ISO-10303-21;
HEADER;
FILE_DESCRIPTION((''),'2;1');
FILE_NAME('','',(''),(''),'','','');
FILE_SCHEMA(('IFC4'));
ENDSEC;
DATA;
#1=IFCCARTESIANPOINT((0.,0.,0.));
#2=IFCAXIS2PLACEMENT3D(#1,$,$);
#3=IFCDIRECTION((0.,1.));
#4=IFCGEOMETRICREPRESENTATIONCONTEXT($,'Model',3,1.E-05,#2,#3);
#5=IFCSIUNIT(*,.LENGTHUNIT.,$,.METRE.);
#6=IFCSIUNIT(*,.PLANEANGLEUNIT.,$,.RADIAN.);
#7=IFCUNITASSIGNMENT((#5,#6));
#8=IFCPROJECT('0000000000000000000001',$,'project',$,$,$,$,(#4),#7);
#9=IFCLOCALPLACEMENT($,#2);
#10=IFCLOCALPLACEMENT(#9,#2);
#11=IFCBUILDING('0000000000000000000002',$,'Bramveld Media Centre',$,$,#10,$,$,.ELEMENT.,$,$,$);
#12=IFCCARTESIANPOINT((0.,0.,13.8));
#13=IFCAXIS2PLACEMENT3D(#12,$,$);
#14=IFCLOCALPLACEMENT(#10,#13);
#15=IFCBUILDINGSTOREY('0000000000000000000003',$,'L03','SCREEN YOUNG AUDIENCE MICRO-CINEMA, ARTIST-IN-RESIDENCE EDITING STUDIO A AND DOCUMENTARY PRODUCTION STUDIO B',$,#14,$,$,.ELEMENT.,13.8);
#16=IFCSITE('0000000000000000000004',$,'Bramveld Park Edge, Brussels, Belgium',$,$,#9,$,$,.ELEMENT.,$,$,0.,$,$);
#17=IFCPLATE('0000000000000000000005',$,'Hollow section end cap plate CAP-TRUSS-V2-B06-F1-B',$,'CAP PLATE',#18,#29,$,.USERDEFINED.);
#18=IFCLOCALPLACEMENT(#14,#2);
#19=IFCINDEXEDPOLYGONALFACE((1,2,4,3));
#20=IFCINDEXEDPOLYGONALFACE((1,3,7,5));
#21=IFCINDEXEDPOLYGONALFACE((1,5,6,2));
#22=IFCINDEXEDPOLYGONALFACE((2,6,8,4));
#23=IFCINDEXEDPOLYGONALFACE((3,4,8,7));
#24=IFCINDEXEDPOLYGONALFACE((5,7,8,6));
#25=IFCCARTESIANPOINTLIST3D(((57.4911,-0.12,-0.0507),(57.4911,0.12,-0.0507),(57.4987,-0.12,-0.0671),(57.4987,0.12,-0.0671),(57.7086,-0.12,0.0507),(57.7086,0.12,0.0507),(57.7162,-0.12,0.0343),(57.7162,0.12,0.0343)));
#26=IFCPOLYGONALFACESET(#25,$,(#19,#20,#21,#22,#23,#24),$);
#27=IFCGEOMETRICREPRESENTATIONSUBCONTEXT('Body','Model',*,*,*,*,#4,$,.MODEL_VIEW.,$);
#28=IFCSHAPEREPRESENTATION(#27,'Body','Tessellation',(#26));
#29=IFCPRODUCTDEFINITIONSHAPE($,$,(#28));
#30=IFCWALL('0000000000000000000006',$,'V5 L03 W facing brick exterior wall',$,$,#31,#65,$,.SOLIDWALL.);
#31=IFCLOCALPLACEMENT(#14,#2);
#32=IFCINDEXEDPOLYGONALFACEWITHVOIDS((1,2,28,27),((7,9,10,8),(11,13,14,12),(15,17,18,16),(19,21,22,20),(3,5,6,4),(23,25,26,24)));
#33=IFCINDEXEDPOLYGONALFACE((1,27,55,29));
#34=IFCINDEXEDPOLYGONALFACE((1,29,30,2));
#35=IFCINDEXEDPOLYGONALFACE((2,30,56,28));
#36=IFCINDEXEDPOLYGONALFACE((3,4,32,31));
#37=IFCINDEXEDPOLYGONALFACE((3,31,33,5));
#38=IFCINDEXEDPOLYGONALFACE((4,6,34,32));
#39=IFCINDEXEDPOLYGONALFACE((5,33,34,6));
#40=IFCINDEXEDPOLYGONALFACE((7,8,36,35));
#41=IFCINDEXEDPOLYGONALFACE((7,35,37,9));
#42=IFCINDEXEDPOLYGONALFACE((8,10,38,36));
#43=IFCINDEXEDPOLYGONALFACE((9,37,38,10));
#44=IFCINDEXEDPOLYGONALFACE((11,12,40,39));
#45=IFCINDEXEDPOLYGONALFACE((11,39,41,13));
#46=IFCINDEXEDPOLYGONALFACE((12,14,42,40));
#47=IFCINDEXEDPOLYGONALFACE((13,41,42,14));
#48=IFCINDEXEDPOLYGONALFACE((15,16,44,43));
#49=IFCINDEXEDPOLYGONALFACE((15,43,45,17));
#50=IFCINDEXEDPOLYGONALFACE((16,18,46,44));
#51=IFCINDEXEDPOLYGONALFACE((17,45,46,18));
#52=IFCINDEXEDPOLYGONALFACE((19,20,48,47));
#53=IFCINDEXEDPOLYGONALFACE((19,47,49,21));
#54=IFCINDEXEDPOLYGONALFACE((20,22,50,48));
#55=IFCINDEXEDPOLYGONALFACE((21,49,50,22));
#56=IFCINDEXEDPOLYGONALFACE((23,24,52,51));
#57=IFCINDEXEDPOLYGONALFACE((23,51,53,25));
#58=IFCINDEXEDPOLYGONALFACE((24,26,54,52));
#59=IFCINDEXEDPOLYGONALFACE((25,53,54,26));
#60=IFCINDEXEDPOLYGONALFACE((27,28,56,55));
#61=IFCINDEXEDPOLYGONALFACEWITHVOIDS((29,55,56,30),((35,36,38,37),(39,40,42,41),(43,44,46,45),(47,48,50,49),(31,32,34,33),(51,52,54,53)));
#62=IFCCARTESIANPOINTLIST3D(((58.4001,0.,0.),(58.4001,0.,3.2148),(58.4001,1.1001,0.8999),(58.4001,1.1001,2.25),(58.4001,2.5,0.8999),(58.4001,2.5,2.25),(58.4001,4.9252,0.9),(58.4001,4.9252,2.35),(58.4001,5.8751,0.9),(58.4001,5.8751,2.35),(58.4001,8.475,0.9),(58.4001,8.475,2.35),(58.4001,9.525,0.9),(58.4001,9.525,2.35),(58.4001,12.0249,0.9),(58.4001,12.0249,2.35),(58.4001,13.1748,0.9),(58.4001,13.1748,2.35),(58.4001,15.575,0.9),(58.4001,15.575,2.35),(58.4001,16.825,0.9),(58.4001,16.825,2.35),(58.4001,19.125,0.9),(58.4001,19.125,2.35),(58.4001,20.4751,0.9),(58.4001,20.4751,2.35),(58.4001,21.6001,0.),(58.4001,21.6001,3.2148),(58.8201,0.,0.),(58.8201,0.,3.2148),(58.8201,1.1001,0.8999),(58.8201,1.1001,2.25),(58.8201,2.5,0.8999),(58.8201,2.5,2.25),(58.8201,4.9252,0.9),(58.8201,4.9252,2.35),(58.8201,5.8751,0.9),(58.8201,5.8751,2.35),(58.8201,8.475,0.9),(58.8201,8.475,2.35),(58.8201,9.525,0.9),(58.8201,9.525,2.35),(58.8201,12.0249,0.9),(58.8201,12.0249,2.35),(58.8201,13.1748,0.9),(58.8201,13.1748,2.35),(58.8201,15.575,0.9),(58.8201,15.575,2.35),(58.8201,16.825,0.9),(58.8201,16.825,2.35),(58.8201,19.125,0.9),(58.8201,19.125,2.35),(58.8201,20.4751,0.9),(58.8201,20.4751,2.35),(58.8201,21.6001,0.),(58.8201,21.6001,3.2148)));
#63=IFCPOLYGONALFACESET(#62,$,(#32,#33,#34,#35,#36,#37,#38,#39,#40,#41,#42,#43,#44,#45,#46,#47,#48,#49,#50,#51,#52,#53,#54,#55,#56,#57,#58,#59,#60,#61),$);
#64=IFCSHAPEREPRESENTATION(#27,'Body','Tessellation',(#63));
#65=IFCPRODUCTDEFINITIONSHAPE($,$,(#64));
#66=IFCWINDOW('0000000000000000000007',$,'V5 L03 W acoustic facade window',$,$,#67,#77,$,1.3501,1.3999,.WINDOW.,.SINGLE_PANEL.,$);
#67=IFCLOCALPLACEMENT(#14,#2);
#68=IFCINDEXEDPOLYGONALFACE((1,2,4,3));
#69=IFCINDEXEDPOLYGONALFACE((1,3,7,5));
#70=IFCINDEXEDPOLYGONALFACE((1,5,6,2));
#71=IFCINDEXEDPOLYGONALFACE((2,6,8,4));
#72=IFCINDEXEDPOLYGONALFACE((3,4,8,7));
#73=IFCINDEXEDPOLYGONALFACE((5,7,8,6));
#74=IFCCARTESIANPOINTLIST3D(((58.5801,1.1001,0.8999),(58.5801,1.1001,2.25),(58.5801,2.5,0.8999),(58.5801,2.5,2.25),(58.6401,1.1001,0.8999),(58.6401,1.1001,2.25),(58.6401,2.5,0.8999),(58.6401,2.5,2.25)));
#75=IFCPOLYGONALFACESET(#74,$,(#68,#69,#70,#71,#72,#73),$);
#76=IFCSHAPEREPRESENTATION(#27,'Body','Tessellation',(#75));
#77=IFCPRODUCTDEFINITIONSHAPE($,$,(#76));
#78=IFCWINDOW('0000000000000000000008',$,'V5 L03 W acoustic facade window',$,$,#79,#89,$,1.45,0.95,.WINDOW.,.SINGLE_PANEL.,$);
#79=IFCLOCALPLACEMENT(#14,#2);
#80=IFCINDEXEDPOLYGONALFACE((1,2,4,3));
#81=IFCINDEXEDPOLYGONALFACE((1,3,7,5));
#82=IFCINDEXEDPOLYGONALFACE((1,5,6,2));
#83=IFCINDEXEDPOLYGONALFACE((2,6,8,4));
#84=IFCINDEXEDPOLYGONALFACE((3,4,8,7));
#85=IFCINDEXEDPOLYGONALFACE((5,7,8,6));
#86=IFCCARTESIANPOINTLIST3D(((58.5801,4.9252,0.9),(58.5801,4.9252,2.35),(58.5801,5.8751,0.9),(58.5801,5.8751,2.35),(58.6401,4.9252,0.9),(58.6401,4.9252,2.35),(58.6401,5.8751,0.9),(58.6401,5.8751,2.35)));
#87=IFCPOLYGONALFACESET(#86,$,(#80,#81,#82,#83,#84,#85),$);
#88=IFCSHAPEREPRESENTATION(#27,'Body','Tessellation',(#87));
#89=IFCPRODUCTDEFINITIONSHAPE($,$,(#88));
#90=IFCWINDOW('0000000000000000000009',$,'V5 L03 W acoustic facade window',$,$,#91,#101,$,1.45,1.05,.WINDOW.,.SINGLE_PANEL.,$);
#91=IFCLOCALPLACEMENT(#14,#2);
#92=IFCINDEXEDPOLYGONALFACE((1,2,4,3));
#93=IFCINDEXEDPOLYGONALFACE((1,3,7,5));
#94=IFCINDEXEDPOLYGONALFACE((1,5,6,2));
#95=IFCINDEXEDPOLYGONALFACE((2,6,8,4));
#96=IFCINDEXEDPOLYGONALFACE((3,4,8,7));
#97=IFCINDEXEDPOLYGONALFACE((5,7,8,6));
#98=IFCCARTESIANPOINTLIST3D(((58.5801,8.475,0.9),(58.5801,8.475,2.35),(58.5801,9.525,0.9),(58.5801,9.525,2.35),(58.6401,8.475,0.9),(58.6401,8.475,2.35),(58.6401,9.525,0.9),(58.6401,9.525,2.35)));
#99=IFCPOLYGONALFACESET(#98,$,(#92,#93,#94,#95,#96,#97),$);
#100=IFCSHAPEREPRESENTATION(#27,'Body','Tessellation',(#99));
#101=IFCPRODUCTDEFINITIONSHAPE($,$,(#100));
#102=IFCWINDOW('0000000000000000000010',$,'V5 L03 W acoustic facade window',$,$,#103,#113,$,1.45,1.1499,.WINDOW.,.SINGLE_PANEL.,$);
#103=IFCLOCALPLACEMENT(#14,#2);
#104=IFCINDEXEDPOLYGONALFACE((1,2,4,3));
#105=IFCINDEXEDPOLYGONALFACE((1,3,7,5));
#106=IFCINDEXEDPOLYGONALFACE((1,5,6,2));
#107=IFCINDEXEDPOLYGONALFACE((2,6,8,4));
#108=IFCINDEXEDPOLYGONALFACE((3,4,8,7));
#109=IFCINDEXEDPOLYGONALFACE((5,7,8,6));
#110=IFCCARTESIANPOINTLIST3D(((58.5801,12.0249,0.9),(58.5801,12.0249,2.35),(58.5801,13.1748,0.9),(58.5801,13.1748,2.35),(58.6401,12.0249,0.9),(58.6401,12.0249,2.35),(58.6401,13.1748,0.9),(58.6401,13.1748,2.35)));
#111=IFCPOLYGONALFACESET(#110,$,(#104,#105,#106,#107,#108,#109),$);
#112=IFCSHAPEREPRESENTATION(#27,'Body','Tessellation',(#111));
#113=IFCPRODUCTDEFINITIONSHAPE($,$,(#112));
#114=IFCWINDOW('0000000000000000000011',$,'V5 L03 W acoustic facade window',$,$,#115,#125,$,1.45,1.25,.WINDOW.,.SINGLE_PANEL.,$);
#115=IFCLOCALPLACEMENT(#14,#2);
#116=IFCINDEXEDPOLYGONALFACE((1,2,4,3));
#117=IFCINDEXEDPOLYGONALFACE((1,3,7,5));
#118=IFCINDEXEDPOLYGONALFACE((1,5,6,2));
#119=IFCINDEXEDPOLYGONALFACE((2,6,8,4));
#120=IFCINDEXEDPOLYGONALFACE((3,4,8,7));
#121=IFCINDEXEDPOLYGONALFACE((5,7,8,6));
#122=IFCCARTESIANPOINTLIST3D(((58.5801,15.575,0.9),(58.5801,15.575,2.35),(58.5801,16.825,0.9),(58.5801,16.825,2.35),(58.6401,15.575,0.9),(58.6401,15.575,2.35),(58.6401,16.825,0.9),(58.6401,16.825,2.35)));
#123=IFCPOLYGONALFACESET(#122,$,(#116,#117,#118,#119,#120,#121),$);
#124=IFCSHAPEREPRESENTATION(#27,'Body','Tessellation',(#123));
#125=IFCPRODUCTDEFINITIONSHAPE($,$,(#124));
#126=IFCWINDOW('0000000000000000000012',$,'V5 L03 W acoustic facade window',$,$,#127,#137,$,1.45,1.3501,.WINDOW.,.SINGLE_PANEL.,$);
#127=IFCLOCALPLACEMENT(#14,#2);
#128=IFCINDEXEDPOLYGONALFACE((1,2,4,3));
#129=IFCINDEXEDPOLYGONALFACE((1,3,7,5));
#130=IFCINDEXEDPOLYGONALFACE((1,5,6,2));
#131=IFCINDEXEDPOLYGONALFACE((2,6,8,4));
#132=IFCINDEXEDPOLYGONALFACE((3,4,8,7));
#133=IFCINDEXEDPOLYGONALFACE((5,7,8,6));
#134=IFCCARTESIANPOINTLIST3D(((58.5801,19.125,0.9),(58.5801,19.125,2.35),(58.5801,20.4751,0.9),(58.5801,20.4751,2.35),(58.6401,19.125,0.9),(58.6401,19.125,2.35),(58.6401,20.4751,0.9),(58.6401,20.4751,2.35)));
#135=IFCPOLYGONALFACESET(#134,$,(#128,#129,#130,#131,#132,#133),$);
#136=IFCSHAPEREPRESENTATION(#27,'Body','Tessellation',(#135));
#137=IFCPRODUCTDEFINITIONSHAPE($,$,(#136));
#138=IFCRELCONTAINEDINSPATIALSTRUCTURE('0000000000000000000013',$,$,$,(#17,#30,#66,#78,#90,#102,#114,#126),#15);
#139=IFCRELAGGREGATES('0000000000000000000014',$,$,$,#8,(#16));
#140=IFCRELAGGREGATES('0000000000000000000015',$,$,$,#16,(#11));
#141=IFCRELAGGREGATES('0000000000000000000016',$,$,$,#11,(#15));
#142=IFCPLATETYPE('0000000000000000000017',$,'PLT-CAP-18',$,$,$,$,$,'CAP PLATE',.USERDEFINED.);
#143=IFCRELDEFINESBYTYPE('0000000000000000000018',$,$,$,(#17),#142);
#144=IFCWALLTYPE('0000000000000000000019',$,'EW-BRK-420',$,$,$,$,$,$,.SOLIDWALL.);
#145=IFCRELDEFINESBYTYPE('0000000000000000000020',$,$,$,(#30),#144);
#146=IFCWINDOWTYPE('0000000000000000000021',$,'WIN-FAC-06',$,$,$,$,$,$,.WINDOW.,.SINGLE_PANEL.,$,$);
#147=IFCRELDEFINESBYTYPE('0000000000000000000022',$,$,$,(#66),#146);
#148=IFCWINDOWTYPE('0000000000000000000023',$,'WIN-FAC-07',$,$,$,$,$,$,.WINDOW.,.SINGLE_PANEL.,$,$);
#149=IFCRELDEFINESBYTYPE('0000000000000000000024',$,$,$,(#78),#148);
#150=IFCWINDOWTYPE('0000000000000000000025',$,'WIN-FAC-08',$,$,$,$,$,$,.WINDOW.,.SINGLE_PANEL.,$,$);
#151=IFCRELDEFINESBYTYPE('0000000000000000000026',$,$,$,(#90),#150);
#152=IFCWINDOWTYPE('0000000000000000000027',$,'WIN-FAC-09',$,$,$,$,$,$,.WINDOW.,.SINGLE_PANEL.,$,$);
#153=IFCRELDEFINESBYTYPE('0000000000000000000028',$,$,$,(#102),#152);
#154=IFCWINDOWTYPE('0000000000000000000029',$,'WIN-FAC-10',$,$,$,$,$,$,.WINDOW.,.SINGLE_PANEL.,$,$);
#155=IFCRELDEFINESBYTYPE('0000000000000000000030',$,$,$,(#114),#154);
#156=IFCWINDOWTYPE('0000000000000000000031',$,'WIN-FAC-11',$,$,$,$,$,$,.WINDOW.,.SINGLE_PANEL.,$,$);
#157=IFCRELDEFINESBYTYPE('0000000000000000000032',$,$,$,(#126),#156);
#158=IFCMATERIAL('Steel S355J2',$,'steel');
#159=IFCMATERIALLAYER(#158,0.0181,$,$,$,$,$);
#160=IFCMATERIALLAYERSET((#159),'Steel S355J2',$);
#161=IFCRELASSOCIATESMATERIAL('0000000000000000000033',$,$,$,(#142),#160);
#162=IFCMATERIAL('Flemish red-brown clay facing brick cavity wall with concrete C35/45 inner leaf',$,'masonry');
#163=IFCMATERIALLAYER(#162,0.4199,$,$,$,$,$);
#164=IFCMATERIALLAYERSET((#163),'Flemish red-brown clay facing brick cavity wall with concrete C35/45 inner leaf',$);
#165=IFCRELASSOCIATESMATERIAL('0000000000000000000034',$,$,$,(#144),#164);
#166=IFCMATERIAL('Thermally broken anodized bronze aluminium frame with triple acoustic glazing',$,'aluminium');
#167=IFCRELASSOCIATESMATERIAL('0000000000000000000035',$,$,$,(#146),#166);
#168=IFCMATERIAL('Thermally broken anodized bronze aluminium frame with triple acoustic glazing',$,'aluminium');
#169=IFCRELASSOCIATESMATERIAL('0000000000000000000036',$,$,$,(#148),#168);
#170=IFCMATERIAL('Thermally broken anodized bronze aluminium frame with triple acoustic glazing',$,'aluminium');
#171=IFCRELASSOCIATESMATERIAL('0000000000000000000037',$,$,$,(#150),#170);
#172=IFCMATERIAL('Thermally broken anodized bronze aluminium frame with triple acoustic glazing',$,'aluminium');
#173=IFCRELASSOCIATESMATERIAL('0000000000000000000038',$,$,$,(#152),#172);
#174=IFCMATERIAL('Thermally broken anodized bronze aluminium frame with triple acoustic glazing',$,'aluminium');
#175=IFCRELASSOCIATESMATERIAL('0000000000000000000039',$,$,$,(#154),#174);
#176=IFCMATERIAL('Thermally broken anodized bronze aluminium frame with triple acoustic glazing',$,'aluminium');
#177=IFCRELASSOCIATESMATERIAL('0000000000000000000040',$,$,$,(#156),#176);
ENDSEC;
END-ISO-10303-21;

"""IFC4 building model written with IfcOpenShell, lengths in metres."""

from ifc_helpers import new_model, si_unit, direction, frame, frame_2d, origin, origin_2d, place, context, subcontext, project, spatial, rectangle, extrude, material, layer, layer_set, type_object, element, fill, save


model = new_model("IFC4")

# Units and contexts
model_context = context("Model", 3, precision=1e-05, world=origin(), true_north=direction((0.0, 1.0)))
body_context = subcontext(model_context, "Body", "Model", "MODEL_VIEW")
ifc_project = project(units=[si_unit("LENGTHUNIT", "METRE"), si_unit("PLANEANGLEUNIT", "RADIAN")], contexts=[model_context])

# Site, building, storey
site_placement = place(None, origin())
site = spatial("IfcSite", under=ifc_project, at=site_placement, Name="Bramveld Park Edge, Brussels, Belgium", CompositionType="ELEMENT", RefElevation=0.0)
building_placement = place(site_placement, origin())
building = spatial("IfcBuilding", under=site, at=building_placement, Name="Bramveld Media Centre", CompositionType="ELEMENT")
storey_placement = place(building_placement, frame((0.0, 0.0, 13.8)))
storey = spatial("IfcBuildingStorey", under=building, at=storey_placement, Name="L03", Description="SCREEN YOUNG AUDIENCE MICRO-CINEMA, ARTIST-IN-RESIDENCE EDITING STUDIO A AND DOCUMENTARY PRODUCTION STUDIO B", CompositionType="ELEMENT", Elevation=13.8)

# Plate
ifc_material_1 = material(Name="Steel S355J2", Category="steel")
ifc_layer_1 = layer(ifc_material_1, 0.0181)
ifc_layer_set_1 = layer_set([ifc_layer_1], Name="Steel S355J2")
plate_type_1 = type_object("IfcPlateType", Name="PLT-CAP-18", ElementType="CAP PLATE", PredefinedType="USERDEFINED", material=ifc_layer_set_1)
plate_1_placement = place(storey_placement, frame((57.5999, 0.0, 0.0), z_axis=(0.422618, 0.0, -0.906308), x_axis=(0.0, 1.0, 0.0)))
element("IfcPlate", 1, at=plate_1_placement, inside=storey, type_object=plate_type_1, Name="Hollow section end cap plate CAP-TRUSS-V2-B06-F1-B", ObjectType="CAP PLATE", PredefinedType="USERDEFINED", context=body_context, shape_type="SweptSolid", body=[
    extrude(rectangle(XDim=0.24, YDim=0.24, at=origin_2d()), origin(), (0.0, 0.0, 1.0), 0.0181),
])

# Wall, openings, windows
ifc_material_2 = material(Name="Flemish red-brown clay facing brick cavity wall with concrete C35/45 inner leaf", Category="masonry")
ifc_layer_2 = layer(ifc_material_2, 0.4199)
ifc_layer_set_2 = layer_set([ifc_layer_2], Name="Flemish red-brown clay facing brick cavity wall with concrete C35/45 inner leaf")
wall_type = type_object("IfcWallType", Name="EW-BRK-420", PredefinedType="SOLIDWALL", material=ifc_layer_set_2)
wall_placement = place(storey_placement, frame((58.6101, 0.0, 0.0), z_axis=(0.0, 0.0, 1.0), x_axis=(0.0, 1.0, 0.0)))
wall = element("IfcWall", 2, at=wall_placement, inside=storey, type_object=wall_type, Name="V5 L03 W facing brick exterior wall", PredefinedType="SOLIDWALL", context=body_context, shape_type="SweptSolid", body=[
    extrude(rectangle(XDim=21.6001, YDim=0.4199, at=frame_2d((10.8, 0.0))), origin(), (0.0, 0.0, 1.0), 3.2148),
])
opening_1_placement = place(wall_placement, frame((1.1001, 0.0, 0.8999)))
opening_1 = element("IfcOpeningElement", 3, at=opening_1_placement, cuts=wall, PredefinedType="OPENING", context=body_context, shape_type="SweptSolid", body=[
    extrude(rectangle(XDim=1.3999, YDim=1.3501, at=frame_2d((0.7, 0.675))), frame((0.0, 0.2219, 0.0), z_axis=(0.0, -1.0, 0.0), x_axis=(1.0, 0.0, 0.0)), (0.0, 0.0, 1.0), 0.4438),
])
opening_2_placement = place(wall_placement, frame((4.925, 0.0, 0.8999)))
opening_2 = element("IfcOpeningElement", 4, at=opening_2_placement, cuts=wall, PredefinedType="OPENING", context=body_context, shape_type="SweptSolid", body=[
    extrude(rectangle(XDim=0.95, YDim=1.45, at=frame_2d((0.4751, 0.7251))), frame((0.0, 0.2219, 0.0), z_axis=(0.0, -1.0, 0.0), x_axis=(1.0, 0.0, 0.0)), (0.0, 0.0, 1.0), 0.4438),
])
opening_3_placement = place(wall_placement, frame((8.4751, 0.0, 0.8999)))
opening_3 = element("IfcOpeningElement", 5, at=opening_3_placement, cuts=wall, PredefinedType="OPENING", context=body_context, shape_type="SweptSolid", body=[
    extrude(rectangle(XDim=1.05, YDim=1.45, at=frame_2d((0.5249, 0.7251))), frame((0.0, 0.2219, 0.0), z_axis=(0.0, -1.0, 0.0), x_axis=(1.0, 0.0, 0.0)), (0.0, 0.0, 1.0), 0.4438),
])
opening_4_placement = place(wall_placement, frame((12.0249, 0.0, 0.8999)))
opening_4 = element("IfcOpeningElement", 6, at=opening_4_placement, cuts=wall, PredefinedType="OPENING", context=body_context, shape_type="SweptSolid", body=[
    extrude(rectangle(XDim=1.1499, YDim=1.45, at=frame_2d((0.575, 0.7251))), frame((0.0, 0.2219, 0.0), z_axis=(0.0, -1.0, 0.0), x_axis=(1.0, 0.0, 0.0)), (0.0, 0.0, 1.0), 0.4438),
])
opening_5_placement = place(wall_placement, frame((15.575, 0.0, 0.8999)))
opening_5 = element("IfcOpeningElement", 7, at=opening_5_placement, cuts=wall, PredefinedType="OPENING", context=body_context, shape_type="SweptSolid", body=[
    extrude(rectangle(XDim=1.25, YDim=1.45, at=frame_2d((0.625, 0.7251))), frame((0.0, 0.2219, 0.0), z_axis=(0.0, -1.0, 0.0), x_axis=(1.0, 0.0, 0.0)), (0.0, 0.0, 1.0), 0.4438),
])
opening_6_placement = place(wall_placement, frame((19.125, 0.0, 0.8999)))
opening_6 = element("IfcOpeningElement", 8, at=opening_6_placement, cuts=wall, PredefinedType="OPENING", context=body_context, shape_type="SweptSolid", body=[
    extrude(rectangle(XDim=1.3501, YDim=1.45, at=frame_2d((0.675, 0.7251))), frame((0.0, 0.2219, 0.0), z_axis=(0.0, -1.0, 0.0), x_axis=(1.0, 0.0, 0.0)), (0.0, 0.0, 1.0), 0.4438),
])
ifc_material_3 = material(Name="Thermally broken anodized bronze aluminium frame with triple acoustic glazing", Category="aluminium")
window_type_1 = type_object("IfcWindowType", Name="WIN-FAC-06", PartitioningType="SINGLE_PANEL", PredefinedType="WINDOW", material=ifc_material_3)
window_1_placement = place(opening_1_placement, origin())
window_1 = element("IfcWindow", 9, at=window_1_placement, inside=storey, type_object=window_type_1, Name="V5 L03 W acoustic facade window", OverallHeight=1.3501, OverallWidth=1.3999, PartitioningType="SINGLE_PANEL", PredefinedType="WINDOW", context=body_context, shape_type="SweptSolid", body=[
    extrude(rectangle(XDim=1.3999, YDim=1.3501, at=frame_2d((0.7, 0.675))), frame((0.0, 0.03, 0.0), z_axis=(0.0, -1.0, 0.0), x_axis=(1.0, 0.0, 0.0)), (0.0, 0.0, 1.0), 0.0601),
])
fill(opening_1, window_1)
ifc_material_4 = material(Name="Thermally broken anodized bronze aluminium frame with triple acoustic glazing", Category="aluminium")
window_type_2 = type_object("IfcWindowType", Name="WIN-FAC-07", PartitioningType="SINGLE_PANEL", PredefinedType="WINDOW", material=ifc_material_4)
window_2_placement = place(opening_2_placement, origin())
window_2 = element("IfcWindow", 10, at=window_2_placement, inside=storey, type_object=window_type_2, Name="V5 L03 W acoustic facade window", OverallHeight=1.45, OverallWidth=0.95, PartitioningType="SINGLE_PANEL", PredefinedType="WINDOW", context=body_context, shape_type="SweptSolid", body=[
    extrude(rectangle(XDim=0.95, YDim=1.45, at=frame_2d((0.4751, 0.7251))), frame((0.0, 0.03, 0.0), z_axis=(0.0, -1.0, 0.0), x_axis=(1.0, 0.0, 0.0)), (0.0, 0.0, 1.0), 0.0601),
])
fill(opening_2, window_2)
ifc_material_5 = material(Name="Thermally broken anodized bronze aluminium frame with triple acoustic glazing", Category="aluminium")
window_type_3 = type_object("IfcWindowType", Name="WIN-FAC-08", PartitioningType="SINGLE_PANEL", PredefinedType="WINDOW", material=ifc_material_5)
window_3_placement = place(opening_3_placement, origin())
window_3 = element("IfcWindow", 11, at=window_3_placement, inside=storey, type_object=window_type_3, Name="V5 L03 W acoustic facade window", OverallHeight=1.45, OverallWidth=1.05, PartitioningType="SINGLE_PANEL", PredefinedType="WINDOW", context=body_context, shape_type="SweptSolid", body=[
    extrude(rectangle(XDim=1.05, YDim=1.45, at=frame_2d((0.5249, 0.7251))), frame((0.0, 0.03, 0.0), z_axis=(0.0, -1.0, 0.0), x_axis=(1.0, 0.0, 0.0)), (0.0, 0.0, 1.0), 0.0601),
])
fill(opening_3, window_3)
ifc_material_6 = material(Name="Thermally broken anodized bronze aluminium frame with triple acoustic glazing", Category="aluminium")
window_type_4 = type_object("IfcWindowType", Name="WIN-FAC-09", PartitioningType="SINGLE_PANEL", PredefinedType="WINDOW", material=ifc_material_6)
window_4_placement = place(opening_4_placement, origin())
window_4 = element("IfcWindow", 12, at=window_4_placement, inside=storey, type_object=window_type_4, Name="V5 L03 W acoustic facade window", OverallHeight=1.45, OverallWidth=1.1499, PartitioningType="SINGLE_PANEL", PredefinedType="WINDOW", context=body_context, shape_type="SweptSolid", body=[
    extrude(rectangle(XDim=1.1499, YDim=1.45, at=frame_2d((0.575, 0.7251))), frame((0.0, 0.03, 0.0), z_axis=(0.0, -1.0, 0.0), x_axis=(1.0, 0.0, 0.0)), (0.0, 0.0, 1.0), 0.0601),
])
fill(opening_4, window_4)
ifc_material_7 = material(Name="Thermally broken anodized bronze aluminium frame with triple acoustic glazing", Category="aluminium")
window_type_5 = type_object("IfcWindowType", Name="WIN-FAC-10", PartitioningType="SINGLE_PANEL", PredefinedType="WINDOW", material=ifc_material_7)
window_5_placement = place(opening_5_placement, origin())
window_5 = element("IfcWindow", 13, at=window_5_placement, inside=storey, type_object=window_type_5, Name="V5 L03 W acoustic facade window", OverallHeight=1.45, OverallWidth=1.25, PartitioningType="SINGLE_PANEL", PredefinedType="WINDOW", context=body_context, shape_type="SweptSolid", body=[
    extrude(rectangle(XDim=1.25, YDim=1.45, at=frame_2d((0.625, 0.7251))), frame((0.0, 0.03, 0.0), z_axis=(0.0, -1.0, 0.0), x_axis=(1.0, 0.0, 0.0)), (0.0, 0.0, 1.0), 0.0601),
])
fill(opening_5, window_5)
ifc_material_8 = material(Name="Thermally broken anodized bronze aluminium frame with triple acoustic glazing", Category="aluminium")
window_type_6 = type_object("IfcWindowType", Name="WIN-FAC-11", PartitioningType="SINGLE_PANEL", PredefinedType="WINDOW", material=ifc_material_8)
window_6_placement = place(opening_6_placement, origin())
window_6 = element("IfcWindow", 14, at=window_6_placement, inside=storey, type_object=window_type_6, Name="V5 L03 W acoustic facade window", OverallHeight=1.45, OverallWidth=1.3501, PartitioningType="SINGLE_PANEL", PredefinedType="WINDOW", context=body_context, shape_type="SweptSolid", body=[
    extrude(rectangle(XDim=1.3501, YDim=1.45, at=frame_2d((0.675, 0.7251))), frame((0.0, 0.03, 0.0), z_axis=(0.0, -1.0, 0.0), x_axis=(1.0, 0.0, 0.0)), (0.0, 0.0, 1.0), 0.0601),
])
fill(opening_6, window_6)

save(model, "model.ifc")
